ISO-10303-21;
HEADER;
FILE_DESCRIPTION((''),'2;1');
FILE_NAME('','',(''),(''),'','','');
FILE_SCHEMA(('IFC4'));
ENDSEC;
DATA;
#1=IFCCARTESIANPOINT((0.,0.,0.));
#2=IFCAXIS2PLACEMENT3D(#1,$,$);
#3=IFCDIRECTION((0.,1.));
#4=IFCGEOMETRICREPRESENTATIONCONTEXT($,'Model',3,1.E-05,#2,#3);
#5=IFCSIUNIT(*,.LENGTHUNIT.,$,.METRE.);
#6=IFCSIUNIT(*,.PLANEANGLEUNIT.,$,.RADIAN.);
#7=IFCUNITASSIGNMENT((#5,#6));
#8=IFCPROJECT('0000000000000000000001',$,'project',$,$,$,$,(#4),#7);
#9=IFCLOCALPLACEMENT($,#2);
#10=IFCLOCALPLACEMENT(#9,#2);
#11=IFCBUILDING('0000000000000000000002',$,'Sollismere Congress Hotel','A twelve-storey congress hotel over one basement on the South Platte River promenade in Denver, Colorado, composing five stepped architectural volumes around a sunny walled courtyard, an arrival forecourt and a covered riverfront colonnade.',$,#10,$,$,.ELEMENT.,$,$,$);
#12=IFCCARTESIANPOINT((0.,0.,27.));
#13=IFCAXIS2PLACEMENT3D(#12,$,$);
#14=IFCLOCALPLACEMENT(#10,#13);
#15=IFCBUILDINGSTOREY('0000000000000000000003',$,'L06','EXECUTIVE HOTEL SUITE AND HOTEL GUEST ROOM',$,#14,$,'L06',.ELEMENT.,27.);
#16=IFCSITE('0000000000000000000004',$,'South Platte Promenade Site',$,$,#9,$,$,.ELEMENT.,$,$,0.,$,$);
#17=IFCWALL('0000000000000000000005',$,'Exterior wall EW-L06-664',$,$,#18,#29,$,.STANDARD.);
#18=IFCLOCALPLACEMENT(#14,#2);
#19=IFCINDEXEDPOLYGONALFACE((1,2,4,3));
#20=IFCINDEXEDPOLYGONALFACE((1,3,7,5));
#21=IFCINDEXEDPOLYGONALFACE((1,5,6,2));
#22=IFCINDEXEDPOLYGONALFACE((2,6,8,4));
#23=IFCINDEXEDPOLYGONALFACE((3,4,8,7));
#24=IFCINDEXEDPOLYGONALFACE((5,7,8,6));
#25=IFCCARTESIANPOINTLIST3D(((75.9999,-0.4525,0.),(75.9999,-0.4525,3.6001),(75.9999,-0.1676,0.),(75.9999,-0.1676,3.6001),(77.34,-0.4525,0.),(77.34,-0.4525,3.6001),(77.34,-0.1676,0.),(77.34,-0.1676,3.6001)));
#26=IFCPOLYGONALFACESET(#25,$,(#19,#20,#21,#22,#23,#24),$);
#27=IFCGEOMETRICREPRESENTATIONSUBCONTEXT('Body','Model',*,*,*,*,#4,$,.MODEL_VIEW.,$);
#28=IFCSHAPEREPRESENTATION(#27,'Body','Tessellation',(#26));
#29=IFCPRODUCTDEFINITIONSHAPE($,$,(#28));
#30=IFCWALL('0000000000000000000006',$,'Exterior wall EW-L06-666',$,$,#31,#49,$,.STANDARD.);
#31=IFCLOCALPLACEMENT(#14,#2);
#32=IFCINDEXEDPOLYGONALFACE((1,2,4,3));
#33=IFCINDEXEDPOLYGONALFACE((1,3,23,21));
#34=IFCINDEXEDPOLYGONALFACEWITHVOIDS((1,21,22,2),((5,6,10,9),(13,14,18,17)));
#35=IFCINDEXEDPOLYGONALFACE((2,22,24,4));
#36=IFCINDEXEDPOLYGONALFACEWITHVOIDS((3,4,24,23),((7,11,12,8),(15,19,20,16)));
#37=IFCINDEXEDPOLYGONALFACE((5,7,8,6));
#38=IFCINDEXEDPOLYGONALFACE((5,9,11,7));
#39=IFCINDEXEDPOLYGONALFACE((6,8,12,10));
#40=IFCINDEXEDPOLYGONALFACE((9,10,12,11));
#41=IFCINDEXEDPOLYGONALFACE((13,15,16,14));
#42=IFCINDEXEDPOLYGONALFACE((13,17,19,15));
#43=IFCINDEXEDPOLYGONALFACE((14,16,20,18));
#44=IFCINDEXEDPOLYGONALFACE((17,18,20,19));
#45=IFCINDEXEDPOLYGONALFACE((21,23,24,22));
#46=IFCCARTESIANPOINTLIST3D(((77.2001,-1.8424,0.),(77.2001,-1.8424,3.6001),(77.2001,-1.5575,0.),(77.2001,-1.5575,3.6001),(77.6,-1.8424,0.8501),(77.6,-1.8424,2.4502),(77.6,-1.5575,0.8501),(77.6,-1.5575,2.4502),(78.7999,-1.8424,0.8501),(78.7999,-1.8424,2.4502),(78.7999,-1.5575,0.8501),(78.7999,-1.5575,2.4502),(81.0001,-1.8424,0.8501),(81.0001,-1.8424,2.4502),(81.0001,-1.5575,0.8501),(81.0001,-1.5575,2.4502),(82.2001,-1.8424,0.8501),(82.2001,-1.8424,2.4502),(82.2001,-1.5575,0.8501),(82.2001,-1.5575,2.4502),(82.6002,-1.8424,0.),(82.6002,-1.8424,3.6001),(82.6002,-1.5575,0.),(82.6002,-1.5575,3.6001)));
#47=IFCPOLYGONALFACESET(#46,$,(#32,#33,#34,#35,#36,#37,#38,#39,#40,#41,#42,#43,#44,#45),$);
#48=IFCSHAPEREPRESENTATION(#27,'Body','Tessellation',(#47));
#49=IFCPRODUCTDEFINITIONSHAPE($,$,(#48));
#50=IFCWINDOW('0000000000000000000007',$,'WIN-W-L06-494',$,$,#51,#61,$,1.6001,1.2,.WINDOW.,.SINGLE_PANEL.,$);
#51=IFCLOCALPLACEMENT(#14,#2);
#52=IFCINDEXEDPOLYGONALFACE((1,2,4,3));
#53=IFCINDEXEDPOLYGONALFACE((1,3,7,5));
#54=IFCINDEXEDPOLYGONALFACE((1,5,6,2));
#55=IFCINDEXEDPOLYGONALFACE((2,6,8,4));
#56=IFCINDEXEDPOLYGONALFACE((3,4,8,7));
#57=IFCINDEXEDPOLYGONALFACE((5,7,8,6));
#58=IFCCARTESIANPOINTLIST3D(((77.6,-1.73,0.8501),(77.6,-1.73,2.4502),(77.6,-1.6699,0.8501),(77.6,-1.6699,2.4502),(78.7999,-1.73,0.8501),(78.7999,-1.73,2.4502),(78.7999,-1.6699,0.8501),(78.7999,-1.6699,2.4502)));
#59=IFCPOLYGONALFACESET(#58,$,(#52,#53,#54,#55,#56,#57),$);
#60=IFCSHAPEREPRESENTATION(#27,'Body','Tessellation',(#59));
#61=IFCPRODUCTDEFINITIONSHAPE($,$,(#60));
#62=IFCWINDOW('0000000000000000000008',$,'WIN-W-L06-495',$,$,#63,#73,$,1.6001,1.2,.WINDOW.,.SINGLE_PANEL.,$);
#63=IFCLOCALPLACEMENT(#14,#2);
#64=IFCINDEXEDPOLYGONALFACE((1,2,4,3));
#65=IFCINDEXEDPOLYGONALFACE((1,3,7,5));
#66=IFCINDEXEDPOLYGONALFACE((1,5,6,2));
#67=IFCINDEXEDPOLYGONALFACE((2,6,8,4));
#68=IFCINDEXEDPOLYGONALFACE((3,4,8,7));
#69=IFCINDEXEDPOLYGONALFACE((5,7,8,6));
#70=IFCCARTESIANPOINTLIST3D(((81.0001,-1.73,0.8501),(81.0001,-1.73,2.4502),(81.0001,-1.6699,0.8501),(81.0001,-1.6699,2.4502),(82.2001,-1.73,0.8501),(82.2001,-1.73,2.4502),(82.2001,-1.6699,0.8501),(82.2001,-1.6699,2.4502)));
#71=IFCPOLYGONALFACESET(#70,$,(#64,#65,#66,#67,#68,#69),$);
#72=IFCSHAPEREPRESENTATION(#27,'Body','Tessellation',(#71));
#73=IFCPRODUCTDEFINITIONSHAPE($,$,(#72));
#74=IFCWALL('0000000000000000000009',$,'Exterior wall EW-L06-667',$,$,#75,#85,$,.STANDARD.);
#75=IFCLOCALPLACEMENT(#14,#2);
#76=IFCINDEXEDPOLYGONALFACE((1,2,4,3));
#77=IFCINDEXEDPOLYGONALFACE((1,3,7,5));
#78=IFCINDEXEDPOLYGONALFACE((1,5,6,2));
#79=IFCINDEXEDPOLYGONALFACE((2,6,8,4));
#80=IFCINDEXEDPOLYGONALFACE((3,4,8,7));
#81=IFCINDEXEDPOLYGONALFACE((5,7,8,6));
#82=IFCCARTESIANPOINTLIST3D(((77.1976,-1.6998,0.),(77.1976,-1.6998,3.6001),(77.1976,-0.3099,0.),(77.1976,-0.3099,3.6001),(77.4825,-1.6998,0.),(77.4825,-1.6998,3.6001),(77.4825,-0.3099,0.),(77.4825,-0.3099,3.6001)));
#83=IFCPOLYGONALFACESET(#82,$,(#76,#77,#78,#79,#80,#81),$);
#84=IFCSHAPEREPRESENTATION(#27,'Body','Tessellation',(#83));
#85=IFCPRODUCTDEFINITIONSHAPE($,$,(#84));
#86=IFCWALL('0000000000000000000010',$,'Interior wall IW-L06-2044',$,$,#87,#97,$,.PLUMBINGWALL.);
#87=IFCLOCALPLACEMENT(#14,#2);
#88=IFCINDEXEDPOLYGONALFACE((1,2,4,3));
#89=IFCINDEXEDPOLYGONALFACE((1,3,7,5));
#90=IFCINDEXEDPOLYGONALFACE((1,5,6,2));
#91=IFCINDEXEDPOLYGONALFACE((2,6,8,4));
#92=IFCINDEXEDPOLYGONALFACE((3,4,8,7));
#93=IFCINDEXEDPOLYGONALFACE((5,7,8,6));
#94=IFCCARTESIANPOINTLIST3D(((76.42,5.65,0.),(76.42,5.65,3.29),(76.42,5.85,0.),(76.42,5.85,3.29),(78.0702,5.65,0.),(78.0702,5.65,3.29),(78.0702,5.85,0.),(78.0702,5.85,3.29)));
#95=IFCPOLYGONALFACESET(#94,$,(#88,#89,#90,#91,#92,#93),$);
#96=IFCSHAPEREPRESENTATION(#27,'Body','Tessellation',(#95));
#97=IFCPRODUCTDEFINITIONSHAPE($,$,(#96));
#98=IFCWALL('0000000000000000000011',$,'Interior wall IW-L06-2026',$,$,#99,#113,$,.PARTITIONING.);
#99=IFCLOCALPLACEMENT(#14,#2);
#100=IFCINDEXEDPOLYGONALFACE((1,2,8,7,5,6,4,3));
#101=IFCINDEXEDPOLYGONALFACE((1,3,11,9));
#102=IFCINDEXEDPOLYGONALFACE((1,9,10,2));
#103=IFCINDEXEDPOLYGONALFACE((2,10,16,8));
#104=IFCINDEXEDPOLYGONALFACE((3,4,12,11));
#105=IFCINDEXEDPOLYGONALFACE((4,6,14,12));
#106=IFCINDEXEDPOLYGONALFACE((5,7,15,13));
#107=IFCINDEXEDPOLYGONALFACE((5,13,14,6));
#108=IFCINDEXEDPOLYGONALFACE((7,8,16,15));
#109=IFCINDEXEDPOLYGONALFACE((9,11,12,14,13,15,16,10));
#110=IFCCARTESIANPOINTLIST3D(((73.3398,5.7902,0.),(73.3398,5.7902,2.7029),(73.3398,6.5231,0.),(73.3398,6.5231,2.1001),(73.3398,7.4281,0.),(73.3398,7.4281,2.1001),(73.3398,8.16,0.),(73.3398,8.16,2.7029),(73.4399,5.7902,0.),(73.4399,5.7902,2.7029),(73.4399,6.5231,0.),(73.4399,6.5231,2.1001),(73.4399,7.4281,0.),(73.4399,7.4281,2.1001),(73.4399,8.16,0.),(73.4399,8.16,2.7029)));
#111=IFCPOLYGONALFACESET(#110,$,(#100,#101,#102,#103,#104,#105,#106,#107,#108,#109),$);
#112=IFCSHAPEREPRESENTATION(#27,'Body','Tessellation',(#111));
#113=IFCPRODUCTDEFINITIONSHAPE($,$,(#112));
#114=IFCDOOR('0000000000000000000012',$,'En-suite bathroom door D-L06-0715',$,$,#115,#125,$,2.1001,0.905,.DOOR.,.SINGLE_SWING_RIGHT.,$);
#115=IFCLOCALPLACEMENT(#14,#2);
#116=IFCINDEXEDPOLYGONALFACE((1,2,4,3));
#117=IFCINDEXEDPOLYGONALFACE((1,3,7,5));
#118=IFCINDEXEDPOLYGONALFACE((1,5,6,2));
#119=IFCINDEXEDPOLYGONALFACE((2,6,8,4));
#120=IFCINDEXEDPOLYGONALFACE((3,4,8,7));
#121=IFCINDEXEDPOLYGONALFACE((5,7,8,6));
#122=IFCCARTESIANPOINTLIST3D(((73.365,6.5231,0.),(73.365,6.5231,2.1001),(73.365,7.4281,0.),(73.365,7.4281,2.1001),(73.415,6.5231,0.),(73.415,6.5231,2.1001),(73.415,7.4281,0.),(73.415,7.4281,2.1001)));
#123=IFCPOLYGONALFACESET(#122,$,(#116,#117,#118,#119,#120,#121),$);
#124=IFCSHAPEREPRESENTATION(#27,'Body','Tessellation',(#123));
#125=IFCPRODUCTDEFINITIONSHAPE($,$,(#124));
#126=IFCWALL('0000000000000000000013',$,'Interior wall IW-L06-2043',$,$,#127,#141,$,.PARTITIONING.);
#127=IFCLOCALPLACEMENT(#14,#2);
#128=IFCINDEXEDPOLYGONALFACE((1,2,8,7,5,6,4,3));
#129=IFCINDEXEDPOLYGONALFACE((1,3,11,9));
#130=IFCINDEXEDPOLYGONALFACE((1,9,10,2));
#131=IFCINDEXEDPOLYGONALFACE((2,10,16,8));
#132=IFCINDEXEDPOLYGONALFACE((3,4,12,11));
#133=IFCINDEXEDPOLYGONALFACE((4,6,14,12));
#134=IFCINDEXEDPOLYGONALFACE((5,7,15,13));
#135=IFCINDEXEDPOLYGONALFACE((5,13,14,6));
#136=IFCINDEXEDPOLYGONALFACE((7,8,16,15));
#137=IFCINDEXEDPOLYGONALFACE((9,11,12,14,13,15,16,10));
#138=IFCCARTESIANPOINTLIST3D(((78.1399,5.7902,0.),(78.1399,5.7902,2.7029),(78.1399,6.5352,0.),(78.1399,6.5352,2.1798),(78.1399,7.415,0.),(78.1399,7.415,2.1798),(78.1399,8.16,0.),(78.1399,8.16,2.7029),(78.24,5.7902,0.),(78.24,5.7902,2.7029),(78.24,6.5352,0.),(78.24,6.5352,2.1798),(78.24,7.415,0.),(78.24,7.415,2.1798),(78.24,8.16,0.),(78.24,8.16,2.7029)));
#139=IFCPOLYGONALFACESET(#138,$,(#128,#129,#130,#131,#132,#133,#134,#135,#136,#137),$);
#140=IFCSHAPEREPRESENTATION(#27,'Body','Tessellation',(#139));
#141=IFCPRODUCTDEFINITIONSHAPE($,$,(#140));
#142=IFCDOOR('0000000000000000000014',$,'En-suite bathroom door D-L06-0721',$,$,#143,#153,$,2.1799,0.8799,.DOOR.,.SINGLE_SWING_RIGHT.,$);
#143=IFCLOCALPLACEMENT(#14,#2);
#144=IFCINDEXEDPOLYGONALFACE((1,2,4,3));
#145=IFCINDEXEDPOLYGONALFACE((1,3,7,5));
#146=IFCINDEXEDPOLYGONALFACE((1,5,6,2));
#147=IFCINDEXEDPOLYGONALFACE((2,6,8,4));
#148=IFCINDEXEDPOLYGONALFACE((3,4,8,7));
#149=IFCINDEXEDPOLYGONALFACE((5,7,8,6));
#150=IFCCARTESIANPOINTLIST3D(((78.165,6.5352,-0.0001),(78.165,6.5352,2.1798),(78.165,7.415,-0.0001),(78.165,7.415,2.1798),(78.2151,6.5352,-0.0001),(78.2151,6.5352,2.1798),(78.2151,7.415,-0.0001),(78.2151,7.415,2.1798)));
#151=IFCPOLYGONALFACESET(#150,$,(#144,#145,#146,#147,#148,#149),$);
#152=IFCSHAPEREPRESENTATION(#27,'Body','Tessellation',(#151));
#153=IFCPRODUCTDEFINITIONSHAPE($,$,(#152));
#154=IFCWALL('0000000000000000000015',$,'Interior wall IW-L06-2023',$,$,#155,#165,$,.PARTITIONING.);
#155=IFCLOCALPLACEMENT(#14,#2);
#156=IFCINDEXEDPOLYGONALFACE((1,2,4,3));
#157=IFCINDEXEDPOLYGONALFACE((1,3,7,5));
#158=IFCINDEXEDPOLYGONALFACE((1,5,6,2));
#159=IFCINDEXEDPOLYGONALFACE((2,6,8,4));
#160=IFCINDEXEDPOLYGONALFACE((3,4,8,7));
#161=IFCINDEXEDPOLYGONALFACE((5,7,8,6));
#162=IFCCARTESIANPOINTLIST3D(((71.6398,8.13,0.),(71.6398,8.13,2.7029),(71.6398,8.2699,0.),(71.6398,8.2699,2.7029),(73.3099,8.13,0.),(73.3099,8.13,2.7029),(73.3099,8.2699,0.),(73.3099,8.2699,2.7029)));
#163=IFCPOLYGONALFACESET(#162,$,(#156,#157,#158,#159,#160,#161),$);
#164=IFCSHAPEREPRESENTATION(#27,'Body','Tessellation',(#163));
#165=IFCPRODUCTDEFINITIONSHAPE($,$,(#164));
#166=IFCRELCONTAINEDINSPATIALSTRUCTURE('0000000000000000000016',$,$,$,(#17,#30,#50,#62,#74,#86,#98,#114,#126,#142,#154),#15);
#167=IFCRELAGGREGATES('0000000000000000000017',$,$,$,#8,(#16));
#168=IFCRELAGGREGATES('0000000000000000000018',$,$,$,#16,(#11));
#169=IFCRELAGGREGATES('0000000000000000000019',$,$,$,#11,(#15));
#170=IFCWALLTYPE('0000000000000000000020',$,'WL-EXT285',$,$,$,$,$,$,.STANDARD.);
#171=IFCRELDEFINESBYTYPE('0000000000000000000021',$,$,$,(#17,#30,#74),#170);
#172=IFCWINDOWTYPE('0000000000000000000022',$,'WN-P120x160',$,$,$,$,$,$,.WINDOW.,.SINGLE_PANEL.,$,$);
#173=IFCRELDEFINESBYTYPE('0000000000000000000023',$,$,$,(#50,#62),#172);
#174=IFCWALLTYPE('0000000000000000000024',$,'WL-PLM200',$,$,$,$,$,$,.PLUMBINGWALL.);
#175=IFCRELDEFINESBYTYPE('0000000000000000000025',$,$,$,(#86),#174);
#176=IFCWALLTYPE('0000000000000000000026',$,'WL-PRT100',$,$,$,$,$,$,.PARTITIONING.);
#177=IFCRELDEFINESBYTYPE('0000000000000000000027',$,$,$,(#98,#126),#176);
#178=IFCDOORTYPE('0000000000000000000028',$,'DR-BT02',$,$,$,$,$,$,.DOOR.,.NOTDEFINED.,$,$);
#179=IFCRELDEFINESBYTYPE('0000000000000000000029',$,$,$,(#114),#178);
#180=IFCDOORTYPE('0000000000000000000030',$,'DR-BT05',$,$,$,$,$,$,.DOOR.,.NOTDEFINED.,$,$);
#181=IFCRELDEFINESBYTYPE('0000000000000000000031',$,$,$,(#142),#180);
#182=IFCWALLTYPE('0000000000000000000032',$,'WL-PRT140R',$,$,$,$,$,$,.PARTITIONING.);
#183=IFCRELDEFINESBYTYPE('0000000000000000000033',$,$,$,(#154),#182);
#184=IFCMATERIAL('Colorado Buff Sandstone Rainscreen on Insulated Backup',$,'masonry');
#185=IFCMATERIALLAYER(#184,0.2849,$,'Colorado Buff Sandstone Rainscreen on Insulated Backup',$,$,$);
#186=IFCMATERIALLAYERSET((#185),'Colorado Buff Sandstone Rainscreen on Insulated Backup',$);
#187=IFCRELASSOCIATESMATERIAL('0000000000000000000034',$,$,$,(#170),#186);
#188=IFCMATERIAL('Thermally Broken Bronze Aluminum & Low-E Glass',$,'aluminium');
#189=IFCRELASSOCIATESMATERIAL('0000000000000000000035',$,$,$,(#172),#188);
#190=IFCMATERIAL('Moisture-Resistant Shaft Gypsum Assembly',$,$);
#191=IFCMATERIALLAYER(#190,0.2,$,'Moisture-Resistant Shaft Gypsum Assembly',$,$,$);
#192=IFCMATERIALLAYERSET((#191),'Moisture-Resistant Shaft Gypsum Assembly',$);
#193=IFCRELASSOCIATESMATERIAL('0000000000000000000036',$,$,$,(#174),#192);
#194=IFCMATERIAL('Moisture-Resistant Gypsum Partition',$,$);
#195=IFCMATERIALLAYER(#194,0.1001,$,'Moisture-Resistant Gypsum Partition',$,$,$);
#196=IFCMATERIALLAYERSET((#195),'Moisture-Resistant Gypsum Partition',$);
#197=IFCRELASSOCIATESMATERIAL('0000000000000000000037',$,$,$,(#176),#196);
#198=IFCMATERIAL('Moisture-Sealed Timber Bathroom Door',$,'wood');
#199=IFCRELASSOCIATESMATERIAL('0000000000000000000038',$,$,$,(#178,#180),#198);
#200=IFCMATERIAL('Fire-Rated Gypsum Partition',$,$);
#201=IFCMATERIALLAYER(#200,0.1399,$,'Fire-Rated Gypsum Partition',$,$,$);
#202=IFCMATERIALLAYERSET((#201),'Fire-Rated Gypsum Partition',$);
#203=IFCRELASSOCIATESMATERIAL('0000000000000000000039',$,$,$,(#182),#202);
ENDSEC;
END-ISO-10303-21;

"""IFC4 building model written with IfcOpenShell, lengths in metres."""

from ifc_helpers import new_model, si_unit, direction, frame, frame_2d, origin, place, context, subcontext, project, spatial, rectangle, extrude, material, layer, layer_set, type_object, element, fill, save


model = new_model("IFC4")

# Units and contexts
model_context = context("Model", 3, precision=1e-05, world=origin(), true_north=direction((0.0, 1.0)))
body_context = subcontext(model_context, "Body", "Model", "MODEL_VIEW")
ifc_project = project(units=[si_unit("LENGTHUNIT", "METRE"), si_unit("PLANEANGLEUNIT", "RADIAN")], contexts=[model_context])

# Site, building, storey
site_placement = place(None, origin())
site = spatial("IfcSite", under=ifc_project, at=site_placement, Name="South Platte Promenade Site", CompositionType="ELEMENT", RefElevation=0.0)
building_placement = place(site_placement, origin())
building = spatial("IfcBuilding", under=site, at=building_placement, Name="Sollismere Congress Hotel", Description="A twelve-storey congress hotel over one basement on the South Platte River promenade in Denver, Colorado, composing five stepped architectural volumes around a sunny walled courtyard, an arrival forecourt and a covered riverfront colonnade.", CompositionType="ELEMENT")
storey_placement = place(building_placement, frame((0.0, 0.0, 27.0)))
storey = spatial("IfcBuildingStorey", under=building, at=storey_placement, Name="L06", Description="EXECUTIVE HOTEL SUITE AND HOTEL GUEST ROOM", LongName="L06", CompositionType="ELEMENT", Elevation=27.0)

# Wall
ifc_material_1 = material(Name="Colorado Buff Sandstone Rainscreen on Insulated Backup", Category="masonry")
ifc_layer_1 = layer(ifc_material_1, 0.2849, Name="Colorado Buff Sandstone Rainscreen on Insulated Backup")
ifc_layer_set_1 = layer_set([ifc_layer_1], Name="Colorado Buff Sandstone Rainscreen on Insulated Backup")
wall_type_1 = type_object("IfcWallType", Name="WL-EXT285", PredefinedType="STANDARD", material=ifc_layer_set_1)
wall_1_placement = place(storey_placement, frame((76.0, -0.3101, 0.0), z_axis=(0.0, 0.0, 1.0), x_axis=(1.0, 0.0, 0.0)))
element("IfcWall", 1, at=wall_1_placement, inside=storey, type_object=wall_type_1, Name="Exterior wall EW-L06-664", PredefinedType="STANDARD", context=body_context, shape_type="SweptSolid", body=[
    extrude(rectangle(XDim=1.3401, YDim=0.2849, at=frame_2d((0.6699, 0.0))), origin(), (0.0, 0.0, 1.0), 3.6001),
])

# Wall, openings, windows
wall_2_placement = place(storey_placement, frame((77.2, -1.7, 0.0), z_axis=(0.0, 0.0, 1.0), x_axis=(1.0, 0.0, 0.0)))
wall_2 = element("IfcWall", 2, at=wall_2_placement, inside=storey, type_object=wall_type_1, Name="Exterior wall EW-L06-666", PredefinedType="STANDARD", context=body_context, shape_type="SweptSolid", body=[
    extrude(rectangle(XDim=5.4001, YDim=0.2849, at=frame_2d((2.7002, 0.0))), origin(), (0.0, 0.0, 1.0), 3.6001),
])
opening_1_placement = place(wall_2_placement, frame((0.3999, 0.0, 0.8501)))
opening_1 = element("IfcOpeningElement", 3, at=opening_1_placement, cuts=wall_2, PredefinedType="OPENING", context=body_context, shape_type="SweptSolid", body=[
    extrude(rectangle(XDim=1.2, YDim=1.6001, at=frame_2d((0.6001, 0.8))), frame((0.0, 0.1523, 0.0), z_axis=(0.0, -1.0, 0.0), x_axis=(1.0, 0.0, 0.0)), (0.0, 0.0, 1.0), 0.3049),
])
opening_2_placement = place(wall_2_placement, frame((3.8, 0.0, 0.8501)))
opening_2 = element("IfcOpeningElement", 4, at=opening_2_placement, cuts=wall_2, PredefinedType="OPENING", context=body_context, shape_type="SweptSolid", body=[
    extrude(rectangle(XDim=1.2, YDim=1.6001, at=frame_2d((0.6001, 0.8))), frame((0.0, 0.1523, 0.0), z_axis=(0.0, -1.0, 0.0), x_axis=(1.0, 0.0, 0.0)), (0.0, 0.0, 1.0), 0.3049),
])
ifc_material_2 = material(Name="Thermally Broken Bronze Aluminum & Low-E Glass", Category="aluminium")
window_type = type_object("IfcWindowType", Name="WN-P120x160", PartitioningType="SINGLE_PANEL", PredefinedType="WINDOW", material=ifc_material_2)
window_1_placement = place(opening_1_placement, origin())
window_1 = element("IfcWindow", 5, at=window_1_placement, inside=storey, type_object=window_type, Name="WIN-W-L06-494", OverallHeight=1.6001, OverallWidth=1.2, PartitioningType="SINGLE_PANEL", PredefinedType="WINDOW", context=body_context, shape_type="SweptSolid", body=[
    extrude(rectangle(XDim=1.2, YDim=1.6001, at=frame_2d((0.6001, 0.8))), frame((0.0, 0.03, 0.0), z_axis=(0.0, -1.0, 0.0), x_axis=(1.0, 0.0, 0.0)), (0.0, 0.0, 1.0), 0.0601),
])
fill(opening_1, window_1)
window_2_placement = place(opening_2_placement, origin())
window_2 = element("IfcWindow", 6, at=window_2_placement, inside=storey, type_object=window_type, Name="WIN-W-L06-495", OverallHeight=1.6001, OverallWidth=1.2, PartitioningType="SINGLE_PANEL", PredefinedType="WINDOW", context=body_context, shape_type="SweptSolid", body=[
    extrude(rectangle(XDim=1.2, YDim=1.6001, at=frame_2d((0.6001, 0.8))), frame((0.0, 0.03, 0.0), z_axis=(0.0, -1.0, 0.0), x_axis=(1.0, 0.0, 0.0)), (0.0, 0.0, 1.0), 0.0601),
])
fill(opening_2, window_2)

# Walls
wall_3_placement = place(storey_placement, frame((77.3401, -0.3101, 0.0), z_axis=(0.0, 0.0, 1.0), x_axis=(0.0, -1.0, 0.0)))
element("IfcWall", 7, at=wall_3_placement, inside=storey, type_object=wall_type_1, Name="Exterior wall EW-L06-667", PredefinedType="STANDARD", context=body_context, shape_type="SweptSolid", body=[
    extrude(rectangle(XDim=1.3899, YDim=0.2849, at=frame_2d((0.6948, 0.0))), origin(), (0.0, 0.0, 1.0), 3.6001),
])
ifc_material_3 = material(Name="Moisture-Resistant Shaft Gypsum Assembly")
ifc_layer_2 = layer(ifc_material_3, 0.2, Name="Moisture-Resistant Shaft Gypsum Assembly")
ifc_layer_set_2 = layer_set([ifc_layer_2], Name="Moisture-Resistant Shaft Gypsum Assembly")
wall_type_2 = type_object("IfcWallType", Name="WL-PLM200", PredefinedType="PLUMBINGWALL", material=ifc_layer_set_2)
wall_4_placement = place(storey_placement, frame((76.4199, 5.75, 0.0), z_axis=(0.0, 0.0, 1.0), x_axis=(1.0, 0.0, 0.0)))
element("IfcWall", 8, at=wall_4_placement, inside=storey, type_object=wall_type_2, Name="Interior wall IW-L06-2044", PredefinedType="PLUMBINGWALL", context=body_context, shape_type="SweptSolid", body=[
    extrude(rectangle(XDim=1.6501, YDim=0.2, at=frame_2d((0.8252, 0.0))), origin(), (0.0, 0.0, 1.0), 3.29),
])

# Walls, openings, doors
ifc_material_4 = material(Name="Moisture-Resistant Gypsum Partition")
ifc_layer_3 = layer(ifc_material_4, 0.1001, Name="Moisture-Resistant Gypsum Partition")
ifc_layer_set_3 = layer_set([ifc_layer_3], Name="Moisture-Resistant Gypsum Partition")
wall_type_3 = type_object("IfcWallType", Name="WL-PRT100", PredefinedType="PARTITIONING", material=ifc_layer_set_3)
wall_5_placement = place(storey_placement, frame((73.3899, 5.79, 0.0), z_axis=(0.0, 0.0, 1.0), x_axis=(0.0, 1.0, 0.0)))
wall_5 = element("IfcWall", 9, at=wall_5_placement, inside=storey, type_object=wall_type_3, Name="Interior wall IW-L06-2026", PredefinedType="PARTITIONING", context=body_context, shape_type="SweptSolid", body=[
    extrude(rectangle(XDim=2.3699, YDim=0.1001, at=frame_2d((1.1851, 0.0))), origin(), (0.0, 0.0, 1.0), 2.7029),
])
opening_3_placement = place(wall_5_placement, frame((0.7329, 0.0, 0.0)))
opening_3 = element("IfcOpeningElement", 10, at=opening_3_placement, cuts=wall_5, PredefinedType="OPENING", context=body_context, shape_type="SweptSolid", body=[
    extrude(rectangle(XDim=0.905, YDim=2.1001, at=frame_2d((0.4526, 1.05))), frame((0.0, 0.0601, 0.0), z_axis=(0.0, -1.0, 0.0), x_axis=(1.0, 0.0, 0.0)), (0.0, 0.0, 1.0), 0.1201),
])
ifc_material_5 = material(Name="Moisture-Sealed Timber Bathroom Door", Category="wood")
door_type_1 = type_object("IfcDoorType", Name="DR-BT02", OperationType="NOTDEFINED", PredefinedType="DOOR", material=ifc_material_5)
door_1_placement = place(opening_3_placement, origin())
door_1 = element("IfcDoor", 11, at=door_1_placement, inside=storey, type_object=door_type_1, Name="En-suite bathroom door D-L06-0715", OperationType="SINGLE_SWING_RIGHT", OverallHeight=2.1001, OverallWidth=0.905, PredefinedType="DOOR", context=body_context, shape_type="SweptSolid", body=[
    extrude(rectangle(XDim=0.905, YDim=2.1001, at=frame_2d((0.4526, 1.05))), frame((0.0, 0.0249, 0.0), z_axis=(0.0, -1.0, 0.0), x_axis=(1.0, 0.0, 0.0)), (0.0, 0.0, 1.0), 0.05),
])
fill(opening_3, door_1)
wall_6_placement = place(storey_placement, frame((78.1899, 5.79, 0.0), z_axis=(0.0, 0.0, 1.0), x_axis=(0.0, 1.0, 0.0)))
wall_6 = element("IfcWall", 12, at=wall_6_placement, inside=storey, type_object=wall_type_3, Name="Interior wall IW-L06-2043", PredefinedType="PARTITIONING", context=body_context, shape_type="SweptSolid", body=[
    extrude(rectangle(XDim=2.3699, YDim=0.1001, at=frame_2d((1.1851, 0.0))), origin(), (0.0, 0.0, 1.0), 2.7029),
])
opening_4_placement = place(wall_6_placement, frame((0.7451, 0.0, 0.0)))
opening_4 = element("IfcOpeningElement", 13, at=opening_4_placement, cuts=wall_6, PredefinedType="OPENING", context=body_context, shape_type="SweptSolid", body=[
    extrude(rectangle(XDim=0.8799, YDim=2.1799, at=frame_2d((0.4399, 1.0898))), frame((0.0, 0.0601, 0.0), z_axis=(0.0, -1.0, 0.0), x_axis=(1.0, 0.0, 0.0)), (0.0, 0.0, 1.0), 0.1201),
])
door_type_2 = type_object("IfcDoorType", Name="DR-BT05", OperationType="NOTDEFINED", PredefinedType="DOOR", material=ifc_material_5)
door_2_placement = place(opening_4_placement, origin())
door_2 = element("IfcDoor", 14, at=door_2_placement, inside=storey, type_object=door_type_2, Name="En-suite bathroom door D-L06-0721", OperationType="SINGLE_SWING_RIGHT", OverallHeight=2.1799, OverallWidth=0.8799, PredefinedType="DOOR", context=body_context, shape_type="SweptSolid", body=[
    extrude(rectangle(XDim=0.8799, YDim=2.1799, at=frame_2d((0.4399, 1.0898))), frame((0.0, 0.0249, 0.0), z_axis=(0.0, -1.0, 0.0), x_axis=(1.0, 0.0, 0.0)), (0.0, 0.0, 1.0), 0.05),
])
fill(opening_4, door_2)

# Wall
ifc_material_6 = material(Name="Fire-Rated Gypsum Partition")
ifc_layer_4 = layer(ifc_material_6, 0.1399, Name="Fire-Rated Gypsum Partition")
ifc_layer_set_4 = layer_set([ifc_layer_4], Name="Fire-Rated Gypsum Partition")
wall_type_4 = type_object("IfcWallType", Name="WL-PRT140R", PredefinedType="PARTITIONING", material=ifc_layer_set_4)
wall_7_placement = place(storey_placement, frame((71.6399, 8.2, 0.0), z_axis=(0.0, 0.0, 1.0), x_axis=(1.0, 0.0, 0.0)))
element("IfcWall", 15, at=wall_7_placement, inside=storey, type_object=wall_type_4, Name="Interior wall IW-L06-2023", PredefinedType="PARTITIONING", context=body_context, shape_type="SweptSolid", body=[
    extrude(rectangle(XDim=1.6702, YDim=0.1399, at=frame_2d((0.835, 0.0))), origin(), (0.0, 0.0, 1.0), 2.7029),
])

save(model, "model.ifc")
